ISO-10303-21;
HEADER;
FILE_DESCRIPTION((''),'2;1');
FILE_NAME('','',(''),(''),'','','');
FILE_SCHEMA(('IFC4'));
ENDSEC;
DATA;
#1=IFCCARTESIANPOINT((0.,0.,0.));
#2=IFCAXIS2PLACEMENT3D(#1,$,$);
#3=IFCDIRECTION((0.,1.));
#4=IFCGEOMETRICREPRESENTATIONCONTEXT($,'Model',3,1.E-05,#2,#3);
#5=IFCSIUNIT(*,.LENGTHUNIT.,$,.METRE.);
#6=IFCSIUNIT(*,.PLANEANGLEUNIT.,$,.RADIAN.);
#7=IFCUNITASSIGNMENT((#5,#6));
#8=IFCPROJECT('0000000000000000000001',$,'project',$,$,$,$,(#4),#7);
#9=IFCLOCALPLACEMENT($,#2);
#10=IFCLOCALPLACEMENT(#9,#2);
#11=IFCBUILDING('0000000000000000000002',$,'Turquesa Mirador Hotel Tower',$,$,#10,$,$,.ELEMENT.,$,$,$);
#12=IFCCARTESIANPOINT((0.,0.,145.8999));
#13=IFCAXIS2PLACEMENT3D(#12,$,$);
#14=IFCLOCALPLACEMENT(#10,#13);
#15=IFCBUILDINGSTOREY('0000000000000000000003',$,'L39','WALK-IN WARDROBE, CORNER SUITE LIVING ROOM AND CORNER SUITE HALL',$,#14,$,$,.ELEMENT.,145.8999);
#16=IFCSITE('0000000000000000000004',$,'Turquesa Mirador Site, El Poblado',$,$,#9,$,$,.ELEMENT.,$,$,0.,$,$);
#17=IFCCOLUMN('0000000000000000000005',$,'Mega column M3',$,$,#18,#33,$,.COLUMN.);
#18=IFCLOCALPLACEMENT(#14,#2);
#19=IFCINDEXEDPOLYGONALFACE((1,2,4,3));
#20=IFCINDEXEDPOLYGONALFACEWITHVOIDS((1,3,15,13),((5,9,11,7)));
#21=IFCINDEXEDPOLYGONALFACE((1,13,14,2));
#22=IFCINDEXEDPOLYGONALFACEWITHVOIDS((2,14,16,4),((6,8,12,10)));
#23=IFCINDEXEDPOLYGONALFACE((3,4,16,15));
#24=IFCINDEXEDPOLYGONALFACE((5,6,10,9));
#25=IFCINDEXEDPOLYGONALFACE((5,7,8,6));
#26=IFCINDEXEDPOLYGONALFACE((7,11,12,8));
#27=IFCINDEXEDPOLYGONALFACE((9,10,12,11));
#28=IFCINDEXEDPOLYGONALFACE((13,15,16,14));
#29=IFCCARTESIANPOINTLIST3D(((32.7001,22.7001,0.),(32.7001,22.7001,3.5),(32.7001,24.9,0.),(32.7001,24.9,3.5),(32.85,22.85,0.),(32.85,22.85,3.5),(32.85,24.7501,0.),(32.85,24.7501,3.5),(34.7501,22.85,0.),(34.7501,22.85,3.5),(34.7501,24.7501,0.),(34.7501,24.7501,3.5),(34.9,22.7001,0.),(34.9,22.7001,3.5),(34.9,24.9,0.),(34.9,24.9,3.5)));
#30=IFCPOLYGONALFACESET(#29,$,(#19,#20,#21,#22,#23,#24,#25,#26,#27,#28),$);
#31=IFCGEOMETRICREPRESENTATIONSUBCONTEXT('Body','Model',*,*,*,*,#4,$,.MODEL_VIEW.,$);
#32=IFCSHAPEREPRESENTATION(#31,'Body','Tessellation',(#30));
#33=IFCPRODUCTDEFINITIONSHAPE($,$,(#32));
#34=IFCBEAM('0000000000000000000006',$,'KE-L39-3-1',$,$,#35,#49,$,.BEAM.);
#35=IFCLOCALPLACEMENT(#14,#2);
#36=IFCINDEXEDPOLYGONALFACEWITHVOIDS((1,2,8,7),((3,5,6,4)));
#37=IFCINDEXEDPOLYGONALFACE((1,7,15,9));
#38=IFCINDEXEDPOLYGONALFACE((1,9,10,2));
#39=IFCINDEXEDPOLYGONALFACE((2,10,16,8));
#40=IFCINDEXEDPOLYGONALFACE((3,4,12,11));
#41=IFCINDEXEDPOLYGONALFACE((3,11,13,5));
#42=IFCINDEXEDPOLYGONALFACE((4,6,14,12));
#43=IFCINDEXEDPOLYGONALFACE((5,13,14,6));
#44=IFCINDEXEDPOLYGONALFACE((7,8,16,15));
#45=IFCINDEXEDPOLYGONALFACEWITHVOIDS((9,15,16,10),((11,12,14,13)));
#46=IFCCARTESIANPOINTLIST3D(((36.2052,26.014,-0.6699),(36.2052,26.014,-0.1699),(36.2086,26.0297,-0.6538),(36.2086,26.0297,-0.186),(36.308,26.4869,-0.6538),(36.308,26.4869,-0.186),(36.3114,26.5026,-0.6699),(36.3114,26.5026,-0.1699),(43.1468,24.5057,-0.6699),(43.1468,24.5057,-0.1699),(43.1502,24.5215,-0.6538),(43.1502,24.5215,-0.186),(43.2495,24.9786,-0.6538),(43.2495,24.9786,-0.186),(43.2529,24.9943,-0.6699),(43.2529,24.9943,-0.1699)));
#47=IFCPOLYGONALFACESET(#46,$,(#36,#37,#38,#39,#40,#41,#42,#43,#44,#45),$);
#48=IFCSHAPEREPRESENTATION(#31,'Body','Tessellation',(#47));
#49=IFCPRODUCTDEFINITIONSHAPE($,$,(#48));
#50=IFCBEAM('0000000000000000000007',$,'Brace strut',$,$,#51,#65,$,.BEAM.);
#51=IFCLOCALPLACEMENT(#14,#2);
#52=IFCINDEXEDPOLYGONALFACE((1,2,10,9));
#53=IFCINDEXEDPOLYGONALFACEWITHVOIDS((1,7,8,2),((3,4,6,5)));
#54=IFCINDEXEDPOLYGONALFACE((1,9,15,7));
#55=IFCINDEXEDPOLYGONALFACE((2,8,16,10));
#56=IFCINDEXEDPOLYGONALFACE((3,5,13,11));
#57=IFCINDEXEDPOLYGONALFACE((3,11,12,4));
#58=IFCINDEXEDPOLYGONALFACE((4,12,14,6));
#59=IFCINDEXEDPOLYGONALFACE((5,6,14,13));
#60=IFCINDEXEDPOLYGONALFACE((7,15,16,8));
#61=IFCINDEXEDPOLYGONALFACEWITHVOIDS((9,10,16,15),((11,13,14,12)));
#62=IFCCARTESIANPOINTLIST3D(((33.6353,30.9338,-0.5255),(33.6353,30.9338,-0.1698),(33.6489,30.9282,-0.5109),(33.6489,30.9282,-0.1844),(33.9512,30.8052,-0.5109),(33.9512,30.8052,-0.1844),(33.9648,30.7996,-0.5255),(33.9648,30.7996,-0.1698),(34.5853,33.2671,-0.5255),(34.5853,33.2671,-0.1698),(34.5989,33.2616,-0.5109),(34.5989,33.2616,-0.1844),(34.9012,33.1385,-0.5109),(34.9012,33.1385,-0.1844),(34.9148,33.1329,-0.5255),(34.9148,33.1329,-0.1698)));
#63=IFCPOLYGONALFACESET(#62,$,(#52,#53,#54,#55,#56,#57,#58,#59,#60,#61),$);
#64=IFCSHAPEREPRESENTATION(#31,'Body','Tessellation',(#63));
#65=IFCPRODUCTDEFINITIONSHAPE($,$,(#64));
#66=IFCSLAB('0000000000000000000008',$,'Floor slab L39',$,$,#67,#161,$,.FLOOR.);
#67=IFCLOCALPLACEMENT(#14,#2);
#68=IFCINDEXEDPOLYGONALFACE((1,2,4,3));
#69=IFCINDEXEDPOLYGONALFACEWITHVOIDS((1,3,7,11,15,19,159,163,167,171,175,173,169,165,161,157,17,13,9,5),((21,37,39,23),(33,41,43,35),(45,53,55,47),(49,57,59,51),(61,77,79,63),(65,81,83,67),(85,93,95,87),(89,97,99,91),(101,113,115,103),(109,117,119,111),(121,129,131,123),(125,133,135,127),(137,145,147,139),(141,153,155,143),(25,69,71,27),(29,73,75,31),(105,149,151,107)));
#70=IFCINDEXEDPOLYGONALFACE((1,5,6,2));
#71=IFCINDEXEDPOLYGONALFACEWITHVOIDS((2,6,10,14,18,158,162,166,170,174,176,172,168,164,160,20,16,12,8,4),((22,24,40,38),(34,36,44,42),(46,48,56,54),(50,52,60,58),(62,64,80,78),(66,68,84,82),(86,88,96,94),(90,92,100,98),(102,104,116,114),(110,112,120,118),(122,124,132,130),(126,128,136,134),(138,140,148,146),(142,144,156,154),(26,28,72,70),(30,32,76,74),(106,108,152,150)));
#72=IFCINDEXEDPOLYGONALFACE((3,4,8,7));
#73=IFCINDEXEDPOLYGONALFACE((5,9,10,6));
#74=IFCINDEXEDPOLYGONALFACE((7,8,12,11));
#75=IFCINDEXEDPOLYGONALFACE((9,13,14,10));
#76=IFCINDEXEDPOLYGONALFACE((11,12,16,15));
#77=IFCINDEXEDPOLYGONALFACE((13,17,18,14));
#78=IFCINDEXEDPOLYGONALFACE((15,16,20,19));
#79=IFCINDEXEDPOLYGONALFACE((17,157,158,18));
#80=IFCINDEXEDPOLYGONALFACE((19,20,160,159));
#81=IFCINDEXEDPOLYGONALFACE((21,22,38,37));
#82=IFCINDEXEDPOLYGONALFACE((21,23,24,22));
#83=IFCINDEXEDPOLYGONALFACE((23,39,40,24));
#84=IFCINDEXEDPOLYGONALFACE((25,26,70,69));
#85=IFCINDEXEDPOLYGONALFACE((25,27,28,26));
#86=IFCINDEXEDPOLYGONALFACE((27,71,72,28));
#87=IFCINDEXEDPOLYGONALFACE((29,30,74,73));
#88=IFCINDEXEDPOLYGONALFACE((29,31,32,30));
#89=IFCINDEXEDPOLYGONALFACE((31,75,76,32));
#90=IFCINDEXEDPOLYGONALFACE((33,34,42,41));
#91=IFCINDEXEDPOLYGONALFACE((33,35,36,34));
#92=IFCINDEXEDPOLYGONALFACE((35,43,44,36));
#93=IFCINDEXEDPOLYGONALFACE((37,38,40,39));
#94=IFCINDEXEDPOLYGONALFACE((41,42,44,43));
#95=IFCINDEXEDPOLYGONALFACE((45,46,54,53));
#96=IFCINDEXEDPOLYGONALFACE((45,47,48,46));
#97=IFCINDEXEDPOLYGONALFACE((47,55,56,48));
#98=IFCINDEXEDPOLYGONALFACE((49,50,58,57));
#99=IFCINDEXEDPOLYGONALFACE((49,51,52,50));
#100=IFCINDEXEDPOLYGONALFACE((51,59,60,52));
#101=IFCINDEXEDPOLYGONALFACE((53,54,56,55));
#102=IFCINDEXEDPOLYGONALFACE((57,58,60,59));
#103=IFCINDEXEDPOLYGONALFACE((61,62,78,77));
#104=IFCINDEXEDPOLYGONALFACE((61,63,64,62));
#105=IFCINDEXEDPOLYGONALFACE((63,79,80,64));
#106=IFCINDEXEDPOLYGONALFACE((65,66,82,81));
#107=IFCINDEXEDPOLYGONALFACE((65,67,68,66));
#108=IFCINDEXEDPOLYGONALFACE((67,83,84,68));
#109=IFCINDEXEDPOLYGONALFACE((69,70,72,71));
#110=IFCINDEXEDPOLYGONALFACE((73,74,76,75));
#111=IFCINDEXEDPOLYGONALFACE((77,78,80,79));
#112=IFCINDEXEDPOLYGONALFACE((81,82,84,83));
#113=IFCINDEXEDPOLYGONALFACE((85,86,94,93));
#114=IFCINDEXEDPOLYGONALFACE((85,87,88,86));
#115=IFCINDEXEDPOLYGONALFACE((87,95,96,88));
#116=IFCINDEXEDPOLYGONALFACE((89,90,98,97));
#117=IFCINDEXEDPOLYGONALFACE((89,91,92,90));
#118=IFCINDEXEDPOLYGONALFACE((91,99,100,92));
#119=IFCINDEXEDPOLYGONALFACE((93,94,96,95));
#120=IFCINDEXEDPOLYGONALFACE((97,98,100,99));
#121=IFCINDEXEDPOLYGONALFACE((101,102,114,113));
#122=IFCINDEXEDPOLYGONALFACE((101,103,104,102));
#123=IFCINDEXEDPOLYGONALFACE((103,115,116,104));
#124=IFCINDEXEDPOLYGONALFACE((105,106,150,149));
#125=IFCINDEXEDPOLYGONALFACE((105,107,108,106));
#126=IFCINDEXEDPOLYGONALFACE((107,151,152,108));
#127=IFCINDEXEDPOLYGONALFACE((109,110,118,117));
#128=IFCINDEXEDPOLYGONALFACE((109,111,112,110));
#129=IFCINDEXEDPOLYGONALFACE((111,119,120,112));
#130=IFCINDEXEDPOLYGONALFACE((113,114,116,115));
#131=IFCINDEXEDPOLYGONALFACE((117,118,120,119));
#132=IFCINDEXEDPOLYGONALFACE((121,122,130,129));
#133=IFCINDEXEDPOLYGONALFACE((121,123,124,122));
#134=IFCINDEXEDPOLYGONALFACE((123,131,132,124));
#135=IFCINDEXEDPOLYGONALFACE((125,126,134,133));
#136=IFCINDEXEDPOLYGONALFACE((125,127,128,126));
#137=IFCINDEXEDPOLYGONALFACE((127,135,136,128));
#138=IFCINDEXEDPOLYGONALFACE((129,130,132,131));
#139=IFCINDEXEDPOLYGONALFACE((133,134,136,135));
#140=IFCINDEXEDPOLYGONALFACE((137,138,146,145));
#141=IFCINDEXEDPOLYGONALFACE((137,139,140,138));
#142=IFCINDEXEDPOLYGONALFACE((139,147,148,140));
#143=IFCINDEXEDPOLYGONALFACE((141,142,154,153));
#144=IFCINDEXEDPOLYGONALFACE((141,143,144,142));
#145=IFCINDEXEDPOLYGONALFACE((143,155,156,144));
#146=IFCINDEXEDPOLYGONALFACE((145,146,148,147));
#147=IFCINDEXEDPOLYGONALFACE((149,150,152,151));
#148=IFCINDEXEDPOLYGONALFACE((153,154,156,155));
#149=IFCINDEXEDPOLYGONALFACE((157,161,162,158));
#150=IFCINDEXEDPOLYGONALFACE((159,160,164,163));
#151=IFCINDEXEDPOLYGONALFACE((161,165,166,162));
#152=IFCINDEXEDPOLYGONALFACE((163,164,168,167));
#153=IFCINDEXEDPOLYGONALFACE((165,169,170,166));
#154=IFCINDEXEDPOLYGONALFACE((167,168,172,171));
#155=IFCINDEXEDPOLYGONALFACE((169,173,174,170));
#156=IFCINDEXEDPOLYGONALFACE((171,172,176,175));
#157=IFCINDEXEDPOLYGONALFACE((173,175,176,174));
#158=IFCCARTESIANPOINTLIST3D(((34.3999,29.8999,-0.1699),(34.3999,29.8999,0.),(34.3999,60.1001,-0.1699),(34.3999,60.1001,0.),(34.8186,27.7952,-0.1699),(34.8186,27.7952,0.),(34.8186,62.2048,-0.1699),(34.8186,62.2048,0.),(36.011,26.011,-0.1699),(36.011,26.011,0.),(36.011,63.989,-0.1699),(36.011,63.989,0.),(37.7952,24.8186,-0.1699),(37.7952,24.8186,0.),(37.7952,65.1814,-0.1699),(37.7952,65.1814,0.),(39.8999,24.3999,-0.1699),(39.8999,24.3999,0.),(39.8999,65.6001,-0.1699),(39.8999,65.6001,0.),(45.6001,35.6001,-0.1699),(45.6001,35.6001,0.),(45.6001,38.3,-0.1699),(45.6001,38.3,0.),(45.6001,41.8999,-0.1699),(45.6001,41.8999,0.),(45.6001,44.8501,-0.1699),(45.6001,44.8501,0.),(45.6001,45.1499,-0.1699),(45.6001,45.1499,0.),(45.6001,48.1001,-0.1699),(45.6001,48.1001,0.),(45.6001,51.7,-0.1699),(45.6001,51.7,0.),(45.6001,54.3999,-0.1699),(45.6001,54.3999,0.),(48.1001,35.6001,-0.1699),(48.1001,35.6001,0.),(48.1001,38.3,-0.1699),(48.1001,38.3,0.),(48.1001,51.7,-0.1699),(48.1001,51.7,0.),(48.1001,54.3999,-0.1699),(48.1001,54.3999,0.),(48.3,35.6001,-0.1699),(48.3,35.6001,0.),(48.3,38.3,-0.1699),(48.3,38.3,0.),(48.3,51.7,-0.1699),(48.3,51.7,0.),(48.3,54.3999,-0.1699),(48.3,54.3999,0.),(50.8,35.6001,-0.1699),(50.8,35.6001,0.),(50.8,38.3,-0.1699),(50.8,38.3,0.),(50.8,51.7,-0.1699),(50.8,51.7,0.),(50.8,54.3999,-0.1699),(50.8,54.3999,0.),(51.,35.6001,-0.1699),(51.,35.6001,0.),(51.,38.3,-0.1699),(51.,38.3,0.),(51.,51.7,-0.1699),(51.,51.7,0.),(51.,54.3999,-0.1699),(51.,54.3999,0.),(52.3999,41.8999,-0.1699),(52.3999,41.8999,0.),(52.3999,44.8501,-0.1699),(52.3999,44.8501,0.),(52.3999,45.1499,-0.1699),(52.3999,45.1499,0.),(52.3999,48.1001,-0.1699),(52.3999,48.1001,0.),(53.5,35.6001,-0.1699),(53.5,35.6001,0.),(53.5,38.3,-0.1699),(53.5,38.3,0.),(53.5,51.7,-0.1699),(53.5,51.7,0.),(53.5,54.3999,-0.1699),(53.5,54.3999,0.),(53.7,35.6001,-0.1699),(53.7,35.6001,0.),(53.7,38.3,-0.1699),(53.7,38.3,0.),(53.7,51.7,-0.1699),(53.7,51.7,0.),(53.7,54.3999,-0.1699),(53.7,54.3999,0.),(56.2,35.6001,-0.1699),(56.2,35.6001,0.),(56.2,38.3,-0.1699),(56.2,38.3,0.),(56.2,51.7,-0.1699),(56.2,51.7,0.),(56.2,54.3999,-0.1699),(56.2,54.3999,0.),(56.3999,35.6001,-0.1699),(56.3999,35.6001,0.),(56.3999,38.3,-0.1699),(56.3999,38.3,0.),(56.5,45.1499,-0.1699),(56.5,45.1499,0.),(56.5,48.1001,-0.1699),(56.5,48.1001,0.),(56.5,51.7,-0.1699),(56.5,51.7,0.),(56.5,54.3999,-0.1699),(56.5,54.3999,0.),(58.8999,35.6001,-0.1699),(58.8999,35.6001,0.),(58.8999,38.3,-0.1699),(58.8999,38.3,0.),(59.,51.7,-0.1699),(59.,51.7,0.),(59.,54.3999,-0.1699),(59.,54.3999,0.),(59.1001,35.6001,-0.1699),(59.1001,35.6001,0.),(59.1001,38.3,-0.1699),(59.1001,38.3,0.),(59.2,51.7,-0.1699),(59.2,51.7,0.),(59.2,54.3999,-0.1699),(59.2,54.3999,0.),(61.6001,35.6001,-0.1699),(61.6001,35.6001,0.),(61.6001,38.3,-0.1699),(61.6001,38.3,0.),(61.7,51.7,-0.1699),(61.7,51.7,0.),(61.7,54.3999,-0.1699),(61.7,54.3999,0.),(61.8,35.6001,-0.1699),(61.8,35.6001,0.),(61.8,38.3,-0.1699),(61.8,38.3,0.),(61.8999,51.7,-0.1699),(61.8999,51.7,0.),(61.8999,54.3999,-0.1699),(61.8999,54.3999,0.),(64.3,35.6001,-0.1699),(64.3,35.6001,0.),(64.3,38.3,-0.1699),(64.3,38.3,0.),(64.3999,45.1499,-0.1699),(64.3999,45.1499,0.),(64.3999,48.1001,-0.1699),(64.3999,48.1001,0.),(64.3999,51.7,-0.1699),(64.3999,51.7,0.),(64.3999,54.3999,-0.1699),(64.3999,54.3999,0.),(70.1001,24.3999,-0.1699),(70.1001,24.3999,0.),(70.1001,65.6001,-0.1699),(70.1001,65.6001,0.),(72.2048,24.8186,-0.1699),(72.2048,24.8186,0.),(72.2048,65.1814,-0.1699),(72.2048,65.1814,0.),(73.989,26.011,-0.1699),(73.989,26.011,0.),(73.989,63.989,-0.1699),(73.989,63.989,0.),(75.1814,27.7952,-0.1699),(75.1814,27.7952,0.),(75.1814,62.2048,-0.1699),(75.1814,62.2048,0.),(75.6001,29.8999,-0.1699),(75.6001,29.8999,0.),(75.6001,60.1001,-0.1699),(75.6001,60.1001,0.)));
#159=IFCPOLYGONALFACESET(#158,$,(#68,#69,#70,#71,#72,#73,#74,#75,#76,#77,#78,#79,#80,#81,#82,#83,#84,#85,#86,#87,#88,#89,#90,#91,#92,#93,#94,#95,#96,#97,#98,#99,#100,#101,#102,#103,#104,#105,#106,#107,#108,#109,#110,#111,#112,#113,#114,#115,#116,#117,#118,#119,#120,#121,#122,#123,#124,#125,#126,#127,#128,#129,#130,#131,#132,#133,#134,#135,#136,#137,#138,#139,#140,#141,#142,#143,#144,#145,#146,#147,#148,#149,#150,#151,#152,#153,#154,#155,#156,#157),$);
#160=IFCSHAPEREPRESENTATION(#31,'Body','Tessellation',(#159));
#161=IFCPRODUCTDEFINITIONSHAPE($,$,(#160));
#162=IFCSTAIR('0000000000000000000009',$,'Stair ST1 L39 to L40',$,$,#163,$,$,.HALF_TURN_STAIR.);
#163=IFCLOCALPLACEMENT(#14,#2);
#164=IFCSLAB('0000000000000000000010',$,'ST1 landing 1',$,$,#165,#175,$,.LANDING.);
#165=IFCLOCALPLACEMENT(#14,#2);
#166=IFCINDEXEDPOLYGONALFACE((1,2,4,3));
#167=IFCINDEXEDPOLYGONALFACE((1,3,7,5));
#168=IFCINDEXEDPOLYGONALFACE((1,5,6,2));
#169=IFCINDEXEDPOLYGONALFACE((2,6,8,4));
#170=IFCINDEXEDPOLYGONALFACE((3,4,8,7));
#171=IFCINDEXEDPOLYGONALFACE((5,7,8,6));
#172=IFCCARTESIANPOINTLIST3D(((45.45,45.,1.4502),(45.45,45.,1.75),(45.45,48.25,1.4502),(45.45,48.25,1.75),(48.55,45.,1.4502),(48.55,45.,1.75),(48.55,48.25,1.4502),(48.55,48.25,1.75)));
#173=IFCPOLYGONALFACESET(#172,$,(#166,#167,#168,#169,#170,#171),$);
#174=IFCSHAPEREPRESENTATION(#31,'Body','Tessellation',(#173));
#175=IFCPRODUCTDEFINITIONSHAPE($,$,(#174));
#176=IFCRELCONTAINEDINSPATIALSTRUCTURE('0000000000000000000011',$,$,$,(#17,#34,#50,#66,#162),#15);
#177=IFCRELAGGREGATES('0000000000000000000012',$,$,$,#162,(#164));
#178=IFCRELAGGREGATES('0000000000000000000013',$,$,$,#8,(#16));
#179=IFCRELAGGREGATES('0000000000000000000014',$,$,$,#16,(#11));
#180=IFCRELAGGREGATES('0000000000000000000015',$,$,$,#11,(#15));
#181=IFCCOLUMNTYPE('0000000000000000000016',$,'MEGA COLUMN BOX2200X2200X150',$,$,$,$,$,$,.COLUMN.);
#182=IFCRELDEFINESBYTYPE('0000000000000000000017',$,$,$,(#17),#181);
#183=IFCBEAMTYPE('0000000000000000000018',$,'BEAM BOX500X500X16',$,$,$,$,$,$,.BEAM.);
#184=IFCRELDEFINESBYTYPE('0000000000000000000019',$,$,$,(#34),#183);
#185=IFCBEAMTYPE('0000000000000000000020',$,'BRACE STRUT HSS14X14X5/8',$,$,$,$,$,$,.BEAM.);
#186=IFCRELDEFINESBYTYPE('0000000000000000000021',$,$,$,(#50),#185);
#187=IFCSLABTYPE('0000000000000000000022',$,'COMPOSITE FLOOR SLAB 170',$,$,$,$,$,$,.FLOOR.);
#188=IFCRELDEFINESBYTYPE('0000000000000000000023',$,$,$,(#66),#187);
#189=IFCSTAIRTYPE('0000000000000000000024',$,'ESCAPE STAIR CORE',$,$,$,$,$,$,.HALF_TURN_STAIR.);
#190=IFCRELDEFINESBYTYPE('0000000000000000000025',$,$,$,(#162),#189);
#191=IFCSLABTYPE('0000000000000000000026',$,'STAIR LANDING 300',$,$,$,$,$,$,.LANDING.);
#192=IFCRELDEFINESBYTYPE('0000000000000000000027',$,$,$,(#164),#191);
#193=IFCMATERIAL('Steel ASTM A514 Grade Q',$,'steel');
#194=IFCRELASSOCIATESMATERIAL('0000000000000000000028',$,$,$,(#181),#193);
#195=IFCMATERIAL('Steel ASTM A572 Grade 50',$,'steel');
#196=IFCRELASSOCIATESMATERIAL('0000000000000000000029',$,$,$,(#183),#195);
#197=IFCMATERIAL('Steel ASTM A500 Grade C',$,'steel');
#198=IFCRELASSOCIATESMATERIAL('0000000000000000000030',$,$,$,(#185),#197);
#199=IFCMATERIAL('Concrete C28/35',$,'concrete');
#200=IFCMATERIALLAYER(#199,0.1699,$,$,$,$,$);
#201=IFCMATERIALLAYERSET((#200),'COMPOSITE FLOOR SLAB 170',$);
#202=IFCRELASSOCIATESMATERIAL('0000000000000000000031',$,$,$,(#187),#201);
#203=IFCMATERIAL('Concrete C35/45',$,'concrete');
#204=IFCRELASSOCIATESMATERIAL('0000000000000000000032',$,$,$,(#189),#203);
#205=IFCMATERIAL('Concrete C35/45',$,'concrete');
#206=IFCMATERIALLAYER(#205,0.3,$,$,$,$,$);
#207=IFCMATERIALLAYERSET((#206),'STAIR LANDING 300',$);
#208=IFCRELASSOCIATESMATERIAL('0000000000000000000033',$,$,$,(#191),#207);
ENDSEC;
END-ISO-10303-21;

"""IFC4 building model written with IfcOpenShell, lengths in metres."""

from ifc_helpers import new_model, si_unit, direction, frame, origin, origin_2d, place, context, subcontext, project, spatial, polyline, hollow_rectangle, outline, extrude, material, layer, layer_set, material_profile, profile_set, type_object, element, aggregate, save


model = new_model("IFC4")

# Units and contexts
model_context = context("Model", 3, precision=1e-05, world=origin(), true_north=direction((0.0, 1.0)))
body_context = subcontext(model_context, "Body", "Model", "MODEL_VIEW")
ifc_project = project(units=[si_unit("LENGTHUNIT", "METRE"), si_unit("PLANEANGLEUNIT", "RADIAN")], contexts=[model_context])

# Site, building, storey
site_placement = place(None, origin())
site = spatial("IfcSite", under=ifc_project, at=site_placement, Name="Turquesa Mirador Site, El Poblado", CompositionType="ELEMENT", RefElevation=0.0)
building_placement = place(site_placement, origin())
building = spatial("IfcBuilding", under=site, at=building_placement, Name="Turquesa Mirador Hotel Tower", CompositionType="ELEMENT")
storey_placement = place(building_placement, frame((0.0, 0.0, 145.8999)))
storey = spatial("IfcBuildingStorey", under=building, at=storey_placement, Name="L39", Description="WALK-IN WARDROBE, CORNER SUITE LIVING ROOM AND CORNER SUITE HALL", CompositionType="ELEMENT", Elevation=145.8999)

# Column
ifc_material_1 = material(Name="Steel ASTM A514 Grade Q", Category="steel")
ifc_material_profile_1 = material_profile(ifc_material_1, hollow_rectangle(XDim=2.2, YDim=2.2, WallThickness=0.1499, at=origin_2d()), Name="BOX2200X2200X150")
ifc_profile_set_1 = profile_set([ifc_material_profile_1], Name="Steel ASTM A514 Grade Q")
column_type = type_object("IfcColumnType", Name="MEGA COLUMN BOX2200X2200X150", PredefinedType="COLUMN", material=ifc_profile_set_1)
column_placement = place(storey_placement, frame((33.8, 23.8, 0.0), z_axis=(0.0, 0.0, 1.0), x_axis=(1.0, 0.0, 0.0)))
element("IfcColumn", 1, at=column_placement, inside=storey, type_object=column_type, Name="Mega column M3", PredefinedType="COLUMN", context=body_context, shape_type="SweptSolid", body=[
    extrude(hollow_rectangle(XDim=2.2, YDim=2.2, WallThickness=0.1499, at=origin_2d()), origin(), (0.0, 0.0, 1.0), 3.5),
])

# Beams
ifc_material_2 = material(Name="Steel ASTM A572 Grade 50", Category="steel")
ifc_material_profile_2 = material_profile(ifc_material_2, hollow_rectangle(XDim=0.5, YDim=0.5, WallThickness=0.0161, at=origin_2d()), Name="BOX500X500X16")
ifc_profile_set_2 = profile_set([ifc_material_profile_2], Name="Steel ASTM A572 Grade 50")
beam_type_1 = type_object("IfcBeamType", Name="BEAM BOX500X500X16", PredefinedType="BEAM", material=ifc_profile_set_2)
beam_1_placement = place(storey_placement, frame((36.2583, 26.2583, -0.4199), z_axis=(0.977198, -0.212328, 0.0), x_axis=(0.212328, 0.977198, 0.0)))
element("IfcBeam", 2, at=beam_1_placement, inside=storey, type_object=beam_type_1, Name="KE-L39-3-1", PredefinedType="BEAM", context=body_context, shape_type="SweptSolid", body=[
    extrude(hollow_rectangle(XDim=0.5, YDim=0.5, WallThickness=0.0161, at=origin_2d()), origin(), (0.0, 0.0, 1.0), 7.1035),
])
ifc_material_3 = material(Name="Steel ASTM A500 Grade C", Category="steel")
ifc_material_profile_3 = material_profile(ifc_material_3, hollow_rectangle(XDim=0.3557, YDim=0.3557, WallThickness=0.0146, at=origin_2d()), Name="HSS14X14X5/8")
ifc_profile_set_3 = profile_set([ifc_material_profile_3], Name="Steel ASTM A500 Grade C")
beam_type_2 = type_object("IfcBeamType", Name="BRACE STRUT HSS14X14X5/8", PredefinedType="BEAM", material=ifc_profile_set_3)
beam_2_placement = place(storey_placement, frame((33.8, 30.8667, -0.3477), z_axis=(0.377081, 0.92618, 0.0), x_axis=(-0.92618, 0.377081, 0.0)))
element("IfcBeam", 3, at=beam_2_placement, inside=storey, type_object=beam_type_2, Name="Brace strut", PredefinedType="BEAM", context=body_context, shape_type="SweptSolid", body=[
    extrude(hollow_rectangle(XDim=0.3557, YDim=0.3557, WallThickness=0.0146, at=origin_2d()), origin(), (0.0, 0.0, 1.0), 2.5193),
])

# Slab
ifc_material_4 = material(Name="Concrete C28/35", Category="concrete")
ifc_layer_1 = layer(ifc_material_4, 0.1699)
ifc_layer_set_1 = layer_set([ifc_layer_1], Name="COMPOSITE FLOOR SLAB 170")
slab_type_1 = type_object("IfcSlabType", Name="COMPOSITE FLOOR SLAB 170", PredefinedType="FLOOR", material=ifc_layer_set_1)
slab_1_placement = place(storey_placement, frame((0.0, 0.0, -0.1699)))
element("IfcSlab", 4, at=slab_1_placement, inside=storey, type_object=slab_type_1, Name="Floor slab L39", PredefinedType="FLOOR", context=body_context, shape_type="SweptSolid", body=[
    extrude(outline(polyline([(70.1001, 24.3999), (72.2048, 24.8186), (73.989, 26.011), (75.1814, 27.7952), (75.6001, 29.8999), (75.6001, 60.1001), (75.1814, 62.2048), (73.989, 63.989), (72.2048, 65.1814), (70.1001, 65.6001), (39.8999, 65.6001), (37.7952, 65.1814), (36.011, 63.989), (34.8186, 62.2048), (34.3999, 60.1001), (34.3999, 29.8999), (34.8186, 27.7952), (36.011, 26.011), (37.7952, 24.8186), (39.8999, 24.3999), (70.1001, 24.3999)]), holes=[polyline([(45.6001, 51.7), (48.1001, 51.7), (48.1001, 54.3999), (45.6001, 54.3999), (45.6001, 51.7)]), polyline([(48.3, 51.7), (50.8, 51.7), (50.8, 54.3999), (48.3, 54.3999), (48.3, 51.7)]), polyline([(51.0, 51.7), (53.5, 51.7), (53.5, 54.3999), (51.0, 54.3999), (51.0, 51.7)]), polyline([(53.7, 51.7), (56.2, 51.7), (56.2, 54.3999), (53.7, 54.3999), (53.7, 51.7)]), polyline([(56.5, 51.7), (59.0, 51.7), (59.0, 54.3999), (56.5, 54.3999), (56.5, 51.7)]), polyline([(59.2, 51.7), (61.7, 51.7), (61.7, 54.3999), (59.2, 54.3999), (59.2, 51.7)]), polyline([(45.6001, 35.6001), (48.1001, 35.6001), (48.1001, 38.3), (45.6001, 38.3), (45.6001, 35.6001)]), polyline([(48.3, 35.6001), (50.8, 35.6001), (50.8, 38.3), (48.3, 38.3), (48.3, 35.6001)]), polyline([(51.0, 35.6001), (53.5, 35.6001), (53.5, 38.3), (51.0, 38.3), (51.0, 35.6001)]), polyline([(53.7, 35.6001), (56.2, 35.6001), (56.2, 38.3), (53.7, 38.3), (53.7, 35.6001)]), polyline([(56.3999, 35.6001), (58.8999, 35.6001), (58.8999, 38.3), (56.3999, 38.3), (56.3999, 35.6001)]), polyline([(59.1001, 35.6001), (61.6001, 35.6001), (61.6001, 38.3), (59.1001, 38.3), (59.1001, 35.6001)]), polyline([(61.8, 35.6001), (64.3, 35.6001), (64.3, 38.3), (61.8, 38.3), (61.8, 35.6001)]), polyline([(45.6001, 45.1499), (52.3999, 45.1499), (52.3999, 48.1001), (45.6001, 48.1001), (45.6001, 45.1499)]), polyline([(45.6001, 41.8999), (52.3999, 41.8999), (52.3999, 44.8501), (45.6001, 44.8501), (45.6001, 41.8999)]), polyline([(56.5, 45.1499), (64.3999, 45.1499), (64.3999, 48.1001), (56.5, 48.1001), (56.5, 45.1499)]), polyline([(61.8999, 51.7), (64.3999, 51.7), (64.3999, 54.3999), (61.8999, 54.3999), (61.8999, 51.7)])]), origin(), (0.0, 0.0, 1.0), 0.1699),
])

# Stair, slab
ifc_material_5 = material(Name="Concrete C35/45", Category="concrete")
stair_type = type_object("IfcStairType", Name="ESCAPE STAIR CORE", PredefinedType="HALF_TURN_STAIR", material=ifc_material_5)
stair_1_placement = place(storey_placement, origin())
stair_1 = element("IfcStair", 5, at=stair_1_placement, inside=storey, type_object=stair_type, Name="Stair ST1 L39 to L40", PredefinedType="HALF_TURN_STAIR")
ifc_material_6 = material(Name="Concrete C35/45", Category="concrete")
ifc_layer_2 = layer(ifc_material_6, 0.3)
ifc_layer_set_2 = layer_set([ifc_layer_2], Name="STAIR LANDING 300")
slab_type_2 = type_object("IfcSlabType", Name="STAIR LANDING 300", PredefinedType="LANDING", material=ifc_layer_set_2)
slab_2_placement = place(storey_placement, frame((0.0, 0.0, 1.4502)))
slab_2 = element("IfcSlab", 6, at=slab_2_placement, type_object=slab_type_2, Name="ST1 landing 1", PredefinedType="LANDING", context=body_context, shape_type="SweptSolid", body=[
    extrude(outline(polyline([(45.45, 45.0), (48.55, 45.0), (48.55, 48.25), (45.45, 48.25), (45.45, 45.0)])), origin(), (0.0, 0.0, 1.0), 0.2998),
])
aggregate(stair_1, [slab_2])

save(model, "model.ifc")
